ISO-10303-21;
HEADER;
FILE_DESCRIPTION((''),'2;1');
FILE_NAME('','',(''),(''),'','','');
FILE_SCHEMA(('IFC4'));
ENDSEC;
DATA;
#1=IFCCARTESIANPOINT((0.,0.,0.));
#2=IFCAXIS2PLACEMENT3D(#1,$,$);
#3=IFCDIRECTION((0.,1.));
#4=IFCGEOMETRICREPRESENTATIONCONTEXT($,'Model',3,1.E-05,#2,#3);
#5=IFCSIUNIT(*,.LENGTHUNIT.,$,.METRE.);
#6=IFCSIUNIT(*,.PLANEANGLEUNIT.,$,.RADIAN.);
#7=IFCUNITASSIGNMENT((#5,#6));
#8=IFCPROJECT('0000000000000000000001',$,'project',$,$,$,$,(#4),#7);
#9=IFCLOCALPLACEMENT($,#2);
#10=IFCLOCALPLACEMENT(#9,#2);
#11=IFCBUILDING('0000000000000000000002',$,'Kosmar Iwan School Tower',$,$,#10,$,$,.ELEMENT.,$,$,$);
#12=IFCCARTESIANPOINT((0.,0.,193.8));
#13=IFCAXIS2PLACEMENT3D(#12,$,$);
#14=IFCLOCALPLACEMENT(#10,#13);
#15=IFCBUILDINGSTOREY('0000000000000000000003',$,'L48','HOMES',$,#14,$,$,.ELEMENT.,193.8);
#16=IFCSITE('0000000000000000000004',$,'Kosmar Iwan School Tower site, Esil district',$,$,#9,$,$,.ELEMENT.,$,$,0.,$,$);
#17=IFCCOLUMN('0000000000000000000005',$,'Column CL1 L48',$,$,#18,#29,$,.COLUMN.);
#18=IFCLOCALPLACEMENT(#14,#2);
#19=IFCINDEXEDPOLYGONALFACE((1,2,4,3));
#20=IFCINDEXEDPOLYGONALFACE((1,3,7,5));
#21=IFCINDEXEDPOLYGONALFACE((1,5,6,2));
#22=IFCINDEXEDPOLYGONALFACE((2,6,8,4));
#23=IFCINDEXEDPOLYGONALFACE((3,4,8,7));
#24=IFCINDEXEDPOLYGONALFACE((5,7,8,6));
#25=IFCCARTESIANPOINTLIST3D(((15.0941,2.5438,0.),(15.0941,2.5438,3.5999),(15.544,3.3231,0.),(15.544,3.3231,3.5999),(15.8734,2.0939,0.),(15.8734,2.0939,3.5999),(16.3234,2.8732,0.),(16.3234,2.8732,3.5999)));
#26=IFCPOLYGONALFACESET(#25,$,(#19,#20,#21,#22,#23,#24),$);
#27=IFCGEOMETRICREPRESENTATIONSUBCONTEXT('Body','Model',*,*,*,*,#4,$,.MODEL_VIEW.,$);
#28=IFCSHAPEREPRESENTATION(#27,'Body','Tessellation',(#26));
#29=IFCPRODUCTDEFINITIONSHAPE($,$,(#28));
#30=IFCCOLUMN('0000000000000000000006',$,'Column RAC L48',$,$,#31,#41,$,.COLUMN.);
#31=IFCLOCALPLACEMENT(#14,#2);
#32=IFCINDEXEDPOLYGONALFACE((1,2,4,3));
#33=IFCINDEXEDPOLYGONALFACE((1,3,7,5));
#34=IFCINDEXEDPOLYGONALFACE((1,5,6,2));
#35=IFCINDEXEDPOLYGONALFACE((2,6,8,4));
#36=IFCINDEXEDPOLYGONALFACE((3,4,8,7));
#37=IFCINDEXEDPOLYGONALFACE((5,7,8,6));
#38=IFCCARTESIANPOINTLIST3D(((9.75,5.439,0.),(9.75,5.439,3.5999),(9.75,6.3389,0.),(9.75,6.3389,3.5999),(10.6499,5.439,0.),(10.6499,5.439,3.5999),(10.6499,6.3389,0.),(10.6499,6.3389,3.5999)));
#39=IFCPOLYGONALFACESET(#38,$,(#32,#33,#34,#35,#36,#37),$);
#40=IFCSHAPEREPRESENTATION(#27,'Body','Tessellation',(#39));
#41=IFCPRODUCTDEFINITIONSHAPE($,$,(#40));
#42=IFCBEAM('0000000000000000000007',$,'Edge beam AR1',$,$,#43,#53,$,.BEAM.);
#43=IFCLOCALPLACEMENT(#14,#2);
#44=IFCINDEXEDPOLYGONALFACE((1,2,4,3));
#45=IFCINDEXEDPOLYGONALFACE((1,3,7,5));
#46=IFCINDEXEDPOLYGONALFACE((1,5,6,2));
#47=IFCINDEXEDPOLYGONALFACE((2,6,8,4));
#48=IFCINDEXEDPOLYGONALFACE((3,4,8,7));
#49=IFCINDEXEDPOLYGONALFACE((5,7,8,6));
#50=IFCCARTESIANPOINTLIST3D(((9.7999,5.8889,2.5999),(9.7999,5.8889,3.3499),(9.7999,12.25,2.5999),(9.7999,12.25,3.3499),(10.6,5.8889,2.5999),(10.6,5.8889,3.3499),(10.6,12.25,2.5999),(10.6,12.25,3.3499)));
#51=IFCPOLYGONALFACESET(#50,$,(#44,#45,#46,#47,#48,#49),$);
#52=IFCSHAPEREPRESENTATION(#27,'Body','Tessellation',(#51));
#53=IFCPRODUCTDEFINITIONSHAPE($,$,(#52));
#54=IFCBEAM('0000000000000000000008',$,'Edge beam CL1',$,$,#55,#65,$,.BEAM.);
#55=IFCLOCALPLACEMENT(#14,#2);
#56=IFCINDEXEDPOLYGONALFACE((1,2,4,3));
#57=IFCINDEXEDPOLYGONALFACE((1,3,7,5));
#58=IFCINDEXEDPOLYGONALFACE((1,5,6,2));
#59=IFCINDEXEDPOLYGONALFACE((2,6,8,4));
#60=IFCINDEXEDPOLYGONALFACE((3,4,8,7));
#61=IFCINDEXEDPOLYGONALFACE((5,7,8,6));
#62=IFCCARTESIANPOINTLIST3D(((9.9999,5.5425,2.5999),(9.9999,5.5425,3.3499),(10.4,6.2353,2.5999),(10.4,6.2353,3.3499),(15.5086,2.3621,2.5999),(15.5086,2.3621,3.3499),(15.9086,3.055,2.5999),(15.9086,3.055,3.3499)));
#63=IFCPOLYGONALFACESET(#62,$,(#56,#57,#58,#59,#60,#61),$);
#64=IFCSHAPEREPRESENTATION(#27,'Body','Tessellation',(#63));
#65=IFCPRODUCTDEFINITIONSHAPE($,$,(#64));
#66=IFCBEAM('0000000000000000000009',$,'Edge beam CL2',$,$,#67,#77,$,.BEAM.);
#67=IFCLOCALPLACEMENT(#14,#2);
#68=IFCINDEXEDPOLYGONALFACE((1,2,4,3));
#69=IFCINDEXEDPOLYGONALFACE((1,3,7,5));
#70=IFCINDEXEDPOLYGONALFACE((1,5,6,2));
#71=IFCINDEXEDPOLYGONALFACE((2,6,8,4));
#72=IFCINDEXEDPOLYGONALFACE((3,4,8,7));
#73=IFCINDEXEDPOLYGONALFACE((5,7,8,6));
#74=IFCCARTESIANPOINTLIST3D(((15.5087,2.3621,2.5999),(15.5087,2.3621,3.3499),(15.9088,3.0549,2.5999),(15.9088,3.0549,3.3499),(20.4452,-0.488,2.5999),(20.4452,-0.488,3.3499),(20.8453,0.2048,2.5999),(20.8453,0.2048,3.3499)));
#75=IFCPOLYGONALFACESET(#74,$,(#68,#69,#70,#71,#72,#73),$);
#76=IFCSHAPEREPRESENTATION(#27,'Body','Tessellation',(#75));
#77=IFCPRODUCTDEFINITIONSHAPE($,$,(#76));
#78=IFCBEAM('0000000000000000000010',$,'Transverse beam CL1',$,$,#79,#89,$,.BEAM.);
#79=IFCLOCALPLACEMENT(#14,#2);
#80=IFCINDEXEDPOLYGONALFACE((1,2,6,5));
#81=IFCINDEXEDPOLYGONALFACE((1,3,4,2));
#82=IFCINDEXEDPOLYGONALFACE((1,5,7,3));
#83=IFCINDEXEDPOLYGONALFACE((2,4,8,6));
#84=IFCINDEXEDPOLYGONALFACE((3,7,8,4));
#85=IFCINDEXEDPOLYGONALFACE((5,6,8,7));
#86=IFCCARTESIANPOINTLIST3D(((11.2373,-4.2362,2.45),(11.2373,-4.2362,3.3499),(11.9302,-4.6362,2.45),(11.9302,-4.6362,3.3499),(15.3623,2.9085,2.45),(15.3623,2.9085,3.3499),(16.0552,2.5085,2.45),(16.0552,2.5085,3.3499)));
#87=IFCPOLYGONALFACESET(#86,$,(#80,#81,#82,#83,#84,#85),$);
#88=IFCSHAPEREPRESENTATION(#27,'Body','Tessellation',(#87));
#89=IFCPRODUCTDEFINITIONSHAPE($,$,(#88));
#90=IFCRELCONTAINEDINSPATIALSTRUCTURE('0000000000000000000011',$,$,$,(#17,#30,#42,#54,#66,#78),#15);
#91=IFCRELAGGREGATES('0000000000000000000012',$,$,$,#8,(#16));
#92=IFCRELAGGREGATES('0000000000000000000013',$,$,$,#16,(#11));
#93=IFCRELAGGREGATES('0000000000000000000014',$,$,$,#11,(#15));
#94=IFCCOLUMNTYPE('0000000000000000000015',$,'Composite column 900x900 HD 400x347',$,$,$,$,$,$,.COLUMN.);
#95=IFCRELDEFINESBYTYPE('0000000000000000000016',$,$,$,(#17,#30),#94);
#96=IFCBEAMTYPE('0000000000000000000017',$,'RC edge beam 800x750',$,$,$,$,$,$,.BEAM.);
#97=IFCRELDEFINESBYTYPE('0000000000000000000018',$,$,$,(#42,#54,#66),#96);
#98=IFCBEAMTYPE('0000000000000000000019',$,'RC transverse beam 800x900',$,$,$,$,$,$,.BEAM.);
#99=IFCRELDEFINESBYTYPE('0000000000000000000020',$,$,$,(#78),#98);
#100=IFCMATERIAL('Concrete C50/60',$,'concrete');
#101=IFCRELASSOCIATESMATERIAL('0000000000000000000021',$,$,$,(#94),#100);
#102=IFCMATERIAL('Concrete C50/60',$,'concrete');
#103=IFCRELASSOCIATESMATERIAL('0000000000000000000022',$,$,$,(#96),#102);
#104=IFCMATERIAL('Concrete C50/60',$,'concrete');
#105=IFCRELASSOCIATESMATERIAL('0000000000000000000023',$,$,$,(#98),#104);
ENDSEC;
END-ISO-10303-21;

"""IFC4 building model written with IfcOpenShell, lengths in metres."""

from ifc_helpers import new_model, si_unit, direction, frame, origin, origin_2d, place, context, subcontext, project, spatial, rectangle, extrude, material, material_profile, profile_set, type_object, element, save


model = new_model("IFC4")

# Units and contexts
model_context = context("Model", 3, precision=1e-05, world=origin(), true_north=direction((0.0, 1.0)))
body_context = subcontext(model_context, "Body", "Model", "MODEL_VIEW")
ifc_project = project(units=[si_unit("LENGTHUNIT", "METRE"), si_unit("PLANEANGLEUNIT", "RADIAN")], contexts=[model_context])

# Site, building, storey
site_placement = place(None, origin())
site = spatial("IfcSite", under=ifc_project, at=site_placement, Name="Kosmar Iwan School Tower site, Esil district", CompositionType="ELEMENT", RefElevation=0.0)
building_placement = place(site_placement, origin())
building = spatial("IfcBuilding", under=site, at=building_placement, Name="Kosmar Iwan School Tower", CompositionType="ELEMENT")
storey_placement = place(building_placement, frame((0.0, 0.0, 193.8)))
storey = spatial("IfcBuildingStorey", under=building, at=storey_placement, Name="L48", Description="HOMES", CompositionType="ELEMENT", Elevation=193.8)

# Columns
ifc_material_1 = material(Name="Concrete C50/60", Category="concrete")
ifc_material_profile_1 = material_profile(ifc_material_1, rectangle(XDim=0.8999, YDim=0.8999, at=origin_2d()), Name="RC 900x900 + HD 400x347")
ifc_profile_set_1 = profile_set([ifc_material_profile_1], Name="Concrete C50/60")
column_type = type_object("IfcColumnType", Name="Composite column 900x900 HD 400x347", PredefinedType="COLUMN", material=ifc_profile_set_1)
for number, where, z_axis, x_axis, name in (
    (1, (15.7087, 2.7085, 0.0), (0.0, 0.0, 1.0), (0.866025, -0.5, 0.0), "Column CL1 L48"),
    (2, (10.2, 5.8889, 0.0), (0.0, 0.0, 1.0), (1.0, 0.0, 0.0), "Column RAC L48"),
):
    element("IfcColumn", number, at=place(storey_placement, frame(where, z_axis=z_axis, x_axis=x_axis)), inside=storey, type_object=column_type, Name=name, PredefinedType="COLUMN", context=body_context, shape_type="SweptSolid", body=[
        extrude(rectangle(XDim=0.8999, YDim=0.8999, at=origin_2d()), origin(), (0.0, 0.0, 1.0), 3.5999),
    ])

# Beams
ifc_material_2 = material(Name="Concrete C50/60", Category="concrete")
ifc_material_profile_2 = material_profile(ifc_material_2, rectangle(XDim=0.8, YDim=0.75, at=origin_2d()), Name="RC 800x750")
ifc_profile_set_2 = profile_set([ifc_material_profile_2], Name="Concrete C50/60")
beam_type_1 = type_object("IfcBeamType", Name="RC edge beam 800x750", PredefinedType="BEAM", material=ifc_profile_set_2)
beam_1_placement = place(storey_placement, frame((10.2, 5.8889, 2.9749), z_axis=(0.0, 1.0, 0.0), x_axis=(-1.0, 0.0, 0.0)))
element("IfcBeam", 3, at=beam_1_placement, inside=storey, type_object=beam_type_1, Name="Edge beam AR1", PredefinedType="BEAM", context=body_context, shape_type="SweptSolid", body=[
    extrude(rectangle(XDim=0.8, YDim=0.75, at=origin_2d()), origin(), (0.0, 0.0, 1.0), 6.3611),
])
beam_2_placement = place(storey_placement, frame((10.2, 5.8889, 2.9749), z_axis=(0.866031, -0.49999, 0.0), x_axis=(0.49999, 0.866031, 0.0)))
element("IfcBeam", 4, at=beam_2_placement, inside=storey, type_object=beam_type_1, Name="Edge beam CL1", PredefinedType="BEAM", context=body_context, shape_type="SweptSolid", body=[
    extrude(rectangle(XDim=0.8, YDim=0.75, at=origin_2d()), origin(), (0.0, 0.0, 1.0), 6.3608),
])
beam_3_placement = place(storey_placement, frame((15.7087, 2.7085, 2.9749), z_axis=(0.866026, -0.499999, 0.0), x_axis=(0.499999, 0.866026, 0.0)))
element("IfcBeam", 5, at=beam_3_placement, inside=storey, type_object=beam_type_1, Name="Edge beam CL2", PredefinedType="BEAM", context=body_context, shape_type="SweptSolid", body=[
    extrude(rectangle(XDim=0.8, YDim=0.75, at=origin_2d()), origin(), (0.0, 0.0, 1.0), 5.7002),
])
ifc_material_3 = material(Name="Concrete C50/60", Category="concrete")
ifc_material_profile_3 = material_profile(ifc_material_3, rectangle(XDim=0.8, YDim=0.8999, at=origin_2d()), Name="RC 800x900")
ifc_profile_set_3 = profile_set([ifc_material_profile_3], Name="Concrete C50/60")
beam_type_2 = type_object("IfcBeamType", Name="RC transverse beam 800x900", PredefinedType="BEAM", material=ifc_profile_set_3)
beam_4_placement = place(storey_placement, frame((15.7087, 2.7085, 2.8999), z_axis=(-0.499997, -0.866027, 0.0), x_axis=(0.866027, -0.499997, 0.0)))
element("IfcBeam", 6, at=beam_4_placement, inside=storey, type_object=beam_type_2, Name="Transverse beam CL1", PredefinedType="BEAM", context=body_context, shape_type="SweptSolid", body=[
    extrude(rectangle(XDim=0.8, YDim=0.8999, at=origin_2d()), origin(), (0.0, 0.0, 1.0), 8.25),
])

save(model, "model.ifc")
